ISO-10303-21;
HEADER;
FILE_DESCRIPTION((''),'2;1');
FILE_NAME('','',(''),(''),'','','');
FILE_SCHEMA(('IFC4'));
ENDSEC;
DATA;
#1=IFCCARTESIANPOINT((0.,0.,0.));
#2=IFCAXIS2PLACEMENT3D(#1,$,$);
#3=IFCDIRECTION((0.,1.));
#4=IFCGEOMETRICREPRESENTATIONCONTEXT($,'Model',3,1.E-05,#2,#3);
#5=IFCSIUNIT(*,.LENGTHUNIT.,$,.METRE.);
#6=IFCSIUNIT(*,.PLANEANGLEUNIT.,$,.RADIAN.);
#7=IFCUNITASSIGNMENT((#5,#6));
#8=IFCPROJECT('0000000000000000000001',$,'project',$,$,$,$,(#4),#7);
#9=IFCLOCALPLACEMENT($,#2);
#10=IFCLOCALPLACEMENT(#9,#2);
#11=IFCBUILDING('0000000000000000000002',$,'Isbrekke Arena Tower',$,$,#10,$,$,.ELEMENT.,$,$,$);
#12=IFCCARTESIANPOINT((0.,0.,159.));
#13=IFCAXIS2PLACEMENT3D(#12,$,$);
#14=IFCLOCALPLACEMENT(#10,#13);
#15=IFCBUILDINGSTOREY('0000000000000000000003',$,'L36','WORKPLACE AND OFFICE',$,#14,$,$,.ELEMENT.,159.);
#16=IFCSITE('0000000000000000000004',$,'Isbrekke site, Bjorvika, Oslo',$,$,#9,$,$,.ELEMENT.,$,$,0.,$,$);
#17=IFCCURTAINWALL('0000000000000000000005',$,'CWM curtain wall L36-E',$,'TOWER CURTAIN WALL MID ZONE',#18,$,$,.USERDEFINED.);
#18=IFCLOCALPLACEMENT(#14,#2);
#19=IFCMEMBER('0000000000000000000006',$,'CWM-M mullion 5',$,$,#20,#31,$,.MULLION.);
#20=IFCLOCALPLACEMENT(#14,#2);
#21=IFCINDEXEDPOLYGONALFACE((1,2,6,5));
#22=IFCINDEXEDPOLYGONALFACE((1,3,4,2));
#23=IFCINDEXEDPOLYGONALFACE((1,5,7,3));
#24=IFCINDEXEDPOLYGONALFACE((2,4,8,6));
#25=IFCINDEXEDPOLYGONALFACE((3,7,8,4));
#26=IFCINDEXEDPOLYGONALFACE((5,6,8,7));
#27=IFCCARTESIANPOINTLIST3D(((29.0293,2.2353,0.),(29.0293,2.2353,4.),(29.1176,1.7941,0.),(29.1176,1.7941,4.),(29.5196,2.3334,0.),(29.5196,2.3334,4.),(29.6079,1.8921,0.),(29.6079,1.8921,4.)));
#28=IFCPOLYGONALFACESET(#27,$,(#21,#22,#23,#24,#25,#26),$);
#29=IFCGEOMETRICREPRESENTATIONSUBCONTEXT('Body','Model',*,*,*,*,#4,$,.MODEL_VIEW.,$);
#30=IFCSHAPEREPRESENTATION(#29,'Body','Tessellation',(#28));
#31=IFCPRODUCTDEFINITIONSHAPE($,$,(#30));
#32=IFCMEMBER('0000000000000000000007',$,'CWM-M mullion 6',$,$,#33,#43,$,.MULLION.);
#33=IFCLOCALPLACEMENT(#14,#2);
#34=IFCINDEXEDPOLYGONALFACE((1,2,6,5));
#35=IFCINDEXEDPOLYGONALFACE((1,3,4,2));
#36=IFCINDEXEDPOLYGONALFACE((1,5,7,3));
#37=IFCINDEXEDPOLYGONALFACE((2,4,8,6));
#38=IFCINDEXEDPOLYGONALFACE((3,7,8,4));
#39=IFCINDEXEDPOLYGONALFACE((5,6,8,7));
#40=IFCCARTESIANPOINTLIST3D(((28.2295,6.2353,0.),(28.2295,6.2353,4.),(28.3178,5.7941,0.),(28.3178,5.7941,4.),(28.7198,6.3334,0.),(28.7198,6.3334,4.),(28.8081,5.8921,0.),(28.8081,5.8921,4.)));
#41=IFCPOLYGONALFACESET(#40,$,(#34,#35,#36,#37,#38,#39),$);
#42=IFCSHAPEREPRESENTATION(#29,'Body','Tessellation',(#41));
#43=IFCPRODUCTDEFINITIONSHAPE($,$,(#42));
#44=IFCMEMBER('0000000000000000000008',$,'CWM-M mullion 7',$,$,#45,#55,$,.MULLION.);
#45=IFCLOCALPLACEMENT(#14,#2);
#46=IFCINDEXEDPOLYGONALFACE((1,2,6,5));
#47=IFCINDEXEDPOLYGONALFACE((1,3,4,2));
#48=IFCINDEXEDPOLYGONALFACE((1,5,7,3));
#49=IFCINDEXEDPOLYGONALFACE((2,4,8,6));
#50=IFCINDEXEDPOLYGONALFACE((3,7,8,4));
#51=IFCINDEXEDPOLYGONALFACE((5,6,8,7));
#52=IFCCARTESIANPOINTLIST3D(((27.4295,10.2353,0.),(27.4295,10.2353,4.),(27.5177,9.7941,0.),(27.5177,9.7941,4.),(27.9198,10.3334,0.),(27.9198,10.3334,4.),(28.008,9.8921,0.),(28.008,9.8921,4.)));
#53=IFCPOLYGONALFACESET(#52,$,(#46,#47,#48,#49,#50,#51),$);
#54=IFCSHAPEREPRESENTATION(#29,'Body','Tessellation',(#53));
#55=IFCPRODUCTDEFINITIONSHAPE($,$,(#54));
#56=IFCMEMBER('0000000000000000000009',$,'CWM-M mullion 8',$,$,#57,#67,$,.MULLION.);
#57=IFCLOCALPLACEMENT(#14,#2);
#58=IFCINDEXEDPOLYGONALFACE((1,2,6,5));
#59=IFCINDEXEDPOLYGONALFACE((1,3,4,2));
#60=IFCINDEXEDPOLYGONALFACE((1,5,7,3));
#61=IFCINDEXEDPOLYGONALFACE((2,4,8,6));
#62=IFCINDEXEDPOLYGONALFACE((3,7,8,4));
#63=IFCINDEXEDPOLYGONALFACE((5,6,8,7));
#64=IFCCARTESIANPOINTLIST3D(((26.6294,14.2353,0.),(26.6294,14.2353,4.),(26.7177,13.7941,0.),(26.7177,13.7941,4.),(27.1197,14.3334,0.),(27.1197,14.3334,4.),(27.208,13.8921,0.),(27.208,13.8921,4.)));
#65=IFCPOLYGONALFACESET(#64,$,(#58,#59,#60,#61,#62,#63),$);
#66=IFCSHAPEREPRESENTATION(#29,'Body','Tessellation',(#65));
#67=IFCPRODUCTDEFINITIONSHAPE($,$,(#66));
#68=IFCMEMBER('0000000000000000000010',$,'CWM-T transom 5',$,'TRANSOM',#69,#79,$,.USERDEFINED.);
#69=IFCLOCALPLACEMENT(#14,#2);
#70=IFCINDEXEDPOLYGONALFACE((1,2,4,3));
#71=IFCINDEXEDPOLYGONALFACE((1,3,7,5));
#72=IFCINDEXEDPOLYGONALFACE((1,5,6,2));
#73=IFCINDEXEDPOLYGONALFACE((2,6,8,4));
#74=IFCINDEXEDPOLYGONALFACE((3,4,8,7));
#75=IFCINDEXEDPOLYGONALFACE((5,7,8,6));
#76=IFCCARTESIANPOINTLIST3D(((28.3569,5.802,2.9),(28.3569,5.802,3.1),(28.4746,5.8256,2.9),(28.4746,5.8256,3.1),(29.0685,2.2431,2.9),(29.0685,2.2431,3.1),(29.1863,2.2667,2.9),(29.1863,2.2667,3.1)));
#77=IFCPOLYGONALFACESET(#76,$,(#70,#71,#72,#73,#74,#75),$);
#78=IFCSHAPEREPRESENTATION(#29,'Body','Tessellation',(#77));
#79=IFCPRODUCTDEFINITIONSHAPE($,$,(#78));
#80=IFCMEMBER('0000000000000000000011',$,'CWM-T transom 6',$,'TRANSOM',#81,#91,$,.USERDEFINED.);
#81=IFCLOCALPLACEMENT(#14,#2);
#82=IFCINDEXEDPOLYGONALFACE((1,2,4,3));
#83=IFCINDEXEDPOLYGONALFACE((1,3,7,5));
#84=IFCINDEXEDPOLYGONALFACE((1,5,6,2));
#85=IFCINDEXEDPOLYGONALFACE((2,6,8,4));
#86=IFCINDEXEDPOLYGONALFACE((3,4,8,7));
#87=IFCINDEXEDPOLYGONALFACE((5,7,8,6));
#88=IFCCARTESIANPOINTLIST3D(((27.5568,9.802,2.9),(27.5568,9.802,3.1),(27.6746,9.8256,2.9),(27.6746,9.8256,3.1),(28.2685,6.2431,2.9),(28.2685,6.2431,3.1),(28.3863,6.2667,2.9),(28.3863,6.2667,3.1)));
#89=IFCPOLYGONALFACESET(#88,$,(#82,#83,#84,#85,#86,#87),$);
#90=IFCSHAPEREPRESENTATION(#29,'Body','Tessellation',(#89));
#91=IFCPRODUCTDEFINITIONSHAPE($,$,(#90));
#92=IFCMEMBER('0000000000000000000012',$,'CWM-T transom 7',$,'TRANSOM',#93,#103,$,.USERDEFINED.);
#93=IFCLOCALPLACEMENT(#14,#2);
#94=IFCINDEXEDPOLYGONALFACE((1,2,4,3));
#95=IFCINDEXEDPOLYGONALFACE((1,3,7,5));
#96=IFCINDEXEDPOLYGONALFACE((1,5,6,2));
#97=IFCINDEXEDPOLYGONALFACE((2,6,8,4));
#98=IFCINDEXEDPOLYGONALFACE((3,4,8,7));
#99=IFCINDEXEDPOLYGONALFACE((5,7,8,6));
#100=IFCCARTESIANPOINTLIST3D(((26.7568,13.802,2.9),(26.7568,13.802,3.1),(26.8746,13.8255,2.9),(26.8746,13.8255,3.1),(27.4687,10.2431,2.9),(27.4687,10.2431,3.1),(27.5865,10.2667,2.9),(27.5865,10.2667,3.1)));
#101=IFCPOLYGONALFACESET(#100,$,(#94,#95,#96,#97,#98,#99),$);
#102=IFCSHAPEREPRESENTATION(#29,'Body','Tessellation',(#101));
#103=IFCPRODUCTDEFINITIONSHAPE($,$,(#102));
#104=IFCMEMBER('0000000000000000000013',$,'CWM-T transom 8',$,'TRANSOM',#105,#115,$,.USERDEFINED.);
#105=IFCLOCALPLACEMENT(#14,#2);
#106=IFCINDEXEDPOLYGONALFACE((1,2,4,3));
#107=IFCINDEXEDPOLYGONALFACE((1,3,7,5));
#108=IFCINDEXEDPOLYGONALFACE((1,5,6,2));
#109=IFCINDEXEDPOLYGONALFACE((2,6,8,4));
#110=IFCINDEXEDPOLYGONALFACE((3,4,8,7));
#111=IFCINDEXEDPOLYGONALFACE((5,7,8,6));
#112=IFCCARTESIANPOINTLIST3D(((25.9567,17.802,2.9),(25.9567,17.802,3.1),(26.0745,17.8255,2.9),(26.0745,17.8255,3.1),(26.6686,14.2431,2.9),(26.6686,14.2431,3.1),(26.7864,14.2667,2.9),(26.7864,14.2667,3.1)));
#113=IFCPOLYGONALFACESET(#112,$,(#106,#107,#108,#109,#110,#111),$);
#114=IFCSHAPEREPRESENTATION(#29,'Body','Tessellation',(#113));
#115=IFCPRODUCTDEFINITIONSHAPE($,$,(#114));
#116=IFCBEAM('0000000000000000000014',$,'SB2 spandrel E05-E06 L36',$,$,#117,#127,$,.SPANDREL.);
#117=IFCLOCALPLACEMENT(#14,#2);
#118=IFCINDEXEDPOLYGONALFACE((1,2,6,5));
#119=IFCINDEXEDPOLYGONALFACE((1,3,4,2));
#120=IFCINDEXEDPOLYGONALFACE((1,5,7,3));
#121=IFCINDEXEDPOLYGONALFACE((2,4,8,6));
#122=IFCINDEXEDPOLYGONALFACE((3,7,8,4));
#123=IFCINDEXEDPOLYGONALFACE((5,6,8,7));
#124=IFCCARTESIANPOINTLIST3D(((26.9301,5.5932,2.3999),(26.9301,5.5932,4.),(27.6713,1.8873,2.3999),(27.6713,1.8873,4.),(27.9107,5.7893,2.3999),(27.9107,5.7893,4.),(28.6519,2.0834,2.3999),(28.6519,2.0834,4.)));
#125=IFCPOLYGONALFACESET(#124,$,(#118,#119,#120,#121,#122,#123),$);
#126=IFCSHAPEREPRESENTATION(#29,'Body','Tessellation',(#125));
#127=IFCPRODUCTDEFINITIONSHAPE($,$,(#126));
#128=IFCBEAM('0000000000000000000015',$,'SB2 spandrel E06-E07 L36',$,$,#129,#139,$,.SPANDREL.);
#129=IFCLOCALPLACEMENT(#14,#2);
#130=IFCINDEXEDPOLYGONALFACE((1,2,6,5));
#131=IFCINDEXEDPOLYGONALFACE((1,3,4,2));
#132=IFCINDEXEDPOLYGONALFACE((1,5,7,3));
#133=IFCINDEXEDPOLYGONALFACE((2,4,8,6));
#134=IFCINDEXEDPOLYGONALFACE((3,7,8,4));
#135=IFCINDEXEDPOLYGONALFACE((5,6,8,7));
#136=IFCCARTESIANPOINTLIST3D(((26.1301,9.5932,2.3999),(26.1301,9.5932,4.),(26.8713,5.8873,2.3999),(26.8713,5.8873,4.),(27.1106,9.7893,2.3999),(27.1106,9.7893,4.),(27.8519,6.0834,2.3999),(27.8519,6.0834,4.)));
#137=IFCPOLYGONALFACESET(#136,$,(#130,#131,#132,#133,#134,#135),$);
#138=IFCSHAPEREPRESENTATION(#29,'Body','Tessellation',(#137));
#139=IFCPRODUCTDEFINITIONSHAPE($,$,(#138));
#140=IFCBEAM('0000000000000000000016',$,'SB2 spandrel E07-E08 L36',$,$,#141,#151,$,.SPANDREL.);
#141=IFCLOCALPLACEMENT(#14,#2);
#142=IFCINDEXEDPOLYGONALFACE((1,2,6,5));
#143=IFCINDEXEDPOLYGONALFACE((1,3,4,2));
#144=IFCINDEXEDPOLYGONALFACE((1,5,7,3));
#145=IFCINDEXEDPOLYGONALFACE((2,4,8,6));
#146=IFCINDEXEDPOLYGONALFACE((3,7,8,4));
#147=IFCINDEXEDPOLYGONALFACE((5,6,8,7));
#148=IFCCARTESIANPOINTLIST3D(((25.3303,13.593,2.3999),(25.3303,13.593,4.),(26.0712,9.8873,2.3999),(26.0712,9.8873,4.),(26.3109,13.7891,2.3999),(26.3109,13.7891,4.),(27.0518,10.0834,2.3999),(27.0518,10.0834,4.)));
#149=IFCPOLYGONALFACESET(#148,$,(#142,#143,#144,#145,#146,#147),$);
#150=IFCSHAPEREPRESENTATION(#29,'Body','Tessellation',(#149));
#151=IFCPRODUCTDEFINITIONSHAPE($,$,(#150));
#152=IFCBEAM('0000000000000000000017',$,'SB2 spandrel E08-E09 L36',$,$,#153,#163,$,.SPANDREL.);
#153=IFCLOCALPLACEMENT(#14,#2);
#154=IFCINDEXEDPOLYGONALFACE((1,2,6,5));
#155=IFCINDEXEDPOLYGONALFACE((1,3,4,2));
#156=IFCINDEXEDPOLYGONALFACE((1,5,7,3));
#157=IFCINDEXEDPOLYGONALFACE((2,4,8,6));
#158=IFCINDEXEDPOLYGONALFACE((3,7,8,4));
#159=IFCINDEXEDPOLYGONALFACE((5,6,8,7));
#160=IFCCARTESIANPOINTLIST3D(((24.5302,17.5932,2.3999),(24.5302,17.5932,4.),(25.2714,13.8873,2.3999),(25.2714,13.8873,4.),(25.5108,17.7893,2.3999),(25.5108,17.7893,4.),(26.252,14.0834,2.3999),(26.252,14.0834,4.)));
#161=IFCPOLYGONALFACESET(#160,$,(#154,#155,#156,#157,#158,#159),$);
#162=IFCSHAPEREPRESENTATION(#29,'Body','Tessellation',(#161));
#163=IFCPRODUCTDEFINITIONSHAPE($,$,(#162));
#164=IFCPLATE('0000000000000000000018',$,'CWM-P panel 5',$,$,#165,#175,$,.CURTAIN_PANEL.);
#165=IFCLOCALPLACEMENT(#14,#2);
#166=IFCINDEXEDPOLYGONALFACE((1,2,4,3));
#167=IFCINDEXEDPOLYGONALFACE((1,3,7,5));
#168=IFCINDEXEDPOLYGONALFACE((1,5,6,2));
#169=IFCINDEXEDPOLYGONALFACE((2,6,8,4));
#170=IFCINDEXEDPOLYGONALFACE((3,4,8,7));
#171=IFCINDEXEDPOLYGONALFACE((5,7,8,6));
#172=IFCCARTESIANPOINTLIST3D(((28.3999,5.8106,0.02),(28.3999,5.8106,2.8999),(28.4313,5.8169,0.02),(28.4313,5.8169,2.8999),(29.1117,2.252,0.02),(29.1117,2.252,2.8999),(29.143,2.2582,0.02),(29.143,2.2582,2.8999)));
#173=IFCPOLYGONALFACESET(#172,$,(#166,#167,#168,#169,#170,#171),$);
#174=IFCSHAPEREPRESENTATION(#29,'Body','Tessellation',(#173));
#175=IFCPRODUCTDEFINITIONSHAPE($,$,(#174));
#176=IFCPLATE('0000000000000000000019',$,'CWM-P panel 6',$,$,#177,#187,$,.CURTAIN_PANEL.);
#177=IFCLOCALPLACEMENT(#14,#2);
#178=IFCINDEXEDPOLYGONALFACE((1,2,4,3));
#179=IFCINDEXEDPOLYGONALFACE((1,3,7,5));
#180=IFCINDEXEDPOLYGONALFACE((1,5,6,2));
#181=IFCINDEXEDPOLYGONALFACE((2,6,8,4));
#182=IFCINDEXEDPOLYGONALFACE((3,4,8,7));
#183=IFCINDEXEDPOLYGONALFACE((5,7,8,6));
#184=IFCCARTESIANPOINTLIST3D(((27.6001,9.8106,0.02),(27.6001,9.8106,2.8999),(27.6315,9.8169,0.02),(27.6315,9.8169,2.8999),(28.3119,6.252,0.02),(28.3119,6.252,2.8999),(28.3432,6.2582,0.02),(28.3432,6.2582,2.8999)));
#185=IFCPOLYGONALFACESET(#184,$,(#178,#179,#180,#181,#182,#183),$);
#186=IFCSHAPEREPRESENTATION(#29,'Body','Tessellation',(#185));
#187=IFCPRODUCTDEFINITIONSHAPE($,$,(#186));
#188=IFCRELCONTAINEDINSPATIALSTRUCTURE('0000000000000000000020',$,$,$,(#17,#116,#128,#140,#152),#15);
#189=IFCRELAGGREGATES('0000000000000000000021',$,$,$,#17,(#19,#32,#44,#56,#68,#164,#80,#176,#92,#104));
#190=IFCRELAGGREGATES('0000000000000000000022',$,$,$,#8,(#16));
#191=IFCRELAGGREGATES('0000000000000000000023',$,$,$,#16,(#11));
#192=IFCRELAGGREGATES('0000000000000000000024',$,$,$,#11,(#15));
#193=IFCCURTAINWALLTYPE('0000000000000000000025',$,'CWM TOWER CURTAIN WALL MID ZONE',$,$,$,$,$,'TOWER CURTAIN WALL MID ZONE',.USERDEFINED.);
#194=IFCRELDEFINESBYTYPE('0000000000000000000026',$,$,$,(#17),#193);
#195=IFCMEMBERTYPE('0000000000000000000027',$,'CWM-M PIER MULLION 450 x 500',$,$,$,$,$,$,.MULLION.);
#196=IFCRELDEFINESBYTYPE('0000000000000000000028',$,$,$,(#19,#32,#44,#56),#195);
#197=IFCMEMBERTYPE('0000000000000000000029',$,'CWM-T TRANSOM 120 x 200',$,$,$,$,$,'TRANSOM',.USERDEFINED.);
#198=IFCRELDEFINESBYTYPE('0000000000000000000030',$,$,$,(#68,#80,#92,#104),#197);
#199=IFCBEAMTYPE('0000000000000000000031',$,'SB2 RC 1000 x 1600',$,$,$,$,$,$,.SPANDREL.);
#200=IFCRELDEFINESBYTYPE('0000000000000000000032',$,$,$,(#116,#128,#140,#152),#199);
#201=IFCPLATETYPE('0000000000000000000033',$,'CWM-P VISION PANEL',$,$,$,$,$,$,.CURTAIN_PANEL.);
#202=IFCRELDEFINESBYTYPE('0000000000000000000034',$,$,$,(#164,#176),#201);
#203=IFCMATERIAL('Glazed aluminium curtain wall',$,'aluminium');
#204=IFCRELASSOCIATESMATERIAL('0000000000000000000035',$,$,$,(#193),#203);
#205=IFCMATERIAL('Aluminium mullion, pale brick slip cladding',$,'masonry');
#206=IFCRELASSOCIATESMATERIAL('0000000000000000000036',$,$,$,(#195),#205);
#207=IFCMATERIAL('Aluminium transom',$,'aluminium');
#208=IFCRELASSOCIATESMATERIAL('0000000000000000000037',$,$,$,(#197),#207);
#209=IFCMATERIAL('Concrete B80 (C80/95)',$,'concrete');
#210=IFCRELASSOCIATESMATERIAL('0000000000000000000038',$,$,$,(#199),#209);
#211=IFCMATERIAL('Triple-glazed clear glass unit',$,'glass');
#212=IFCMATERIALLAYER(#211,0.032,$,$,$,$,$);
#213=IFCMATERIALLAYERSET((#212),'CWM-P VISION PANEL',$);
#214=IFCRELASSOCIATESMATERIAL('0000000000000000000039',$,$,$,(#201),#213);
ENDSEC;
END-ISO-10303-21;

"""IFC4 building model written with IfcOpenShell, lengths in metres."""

from ifc_helpers import new_model, si_unit, direction, frame, origin, origin_2d, place, context, subcontext, project, spatial, rectangle, extrude, material, layer, layer_set, material_profile, profile_set, type_object, element, aggregate, save


model = new_model("IFC4")

# Units and contexts
model_context = context("Model", 3, precision=1e-05, world=origin(), true_north=direction((0.0, 1.0)))
body_context = subcontext(model_context, "Body", "Model", "MODEL_VIEW")
ifc_project = project(units=[si_unit("LENGTHUNIT", "METRE"), si_unit("PLANEANGLEUNIT", "RADIAN")], contexts=[model_context])

# Site, building, storey
site_placement = place(None, origin())
site = spatial("IfcSite", under=ifc_project, at=site_placement, Name="Isbrekke site, Bjorvika, Oslo", CompositionType="ELEMENT", RefElevation=0.0)
building_placement = place(site_placement, origin())
building = spatial("IfcBuilding", under=site, at=building_placement, Name="Isbrekke Arena Tower", CompositionType="ELEMENT")
storey_placement = place(building_placement, frame((0.0, 0.0, 159.0)))
storey = spatial("IfcBuildingStorey", under=building, at=storey_placement, Name="L36", Description="WORKPLACE AND OFFICE", CompositionType="ELEMENT", Elevation=159.0)

# Curtain wall, members
ifc_material_1 = material(Name="Glazed aluminium curtain wall", Category="aluminium")
curtain_wall_type = type_object("IfcCurtainWallType", Name="CWM TOWER CURTAIN WALL MID ZONE", ElementType="TOWER CURTAIN WALL MID ZONE", PredefinedType="USERDEFINED", material=ifc_material_1)
curtain_wall_placement = place(storey_placement, origin())
curtain_wall = element("IfcCurtainWall", 1, at=curtain_wall_placement, inside=storey, type_object=curtain_wall_type, Name="CWM curtain wall L36-E", ObjectType="TOWER CURTAIN WALL MID ZONE", PredefinedType="USERDEFINED")
ifc_material_2 = material(Name="Aluminium mullion, pale brick slip cladding", Category="masonry")
ifc_material_profile_1 = material_profile(ifc_material_2, rectangle(XDim=0.45, YDim=0.5, at=origin_2d()), Name="PIER 450X500")
ifc_profile_set_1 = profile_set([ifc_material_profile_1], Name="Aluminium mullion, pale brick slip cladding")
member_type_1 = type_object("IfcMemberType", Name="CWM-M PIER MULLION 450 x 500", PredefinedType="MULLION", material=ifc_profile_set_1)
member_1_placement = place(storey_placement, frame((29.3186, 2.0637, 0.0), z_axis=(0.0, 0.0, 1.0), x_axis=(-0.196116, 0.980581, 0.0)))
member_1 = element("IfcMember", 2, at=member_1_placement, type_object=member_type_1, Name="CWM-M mullion 5", PredefinedType="MULLION", context=body_context, shape_type="SweptSolid", body=[
    extrude(rectangle(XDim=0.45, YDim=0.5, at=origin_2d()), origin(), (0.0, 0.0, 1.0), 4.0),
])
member_2_placement = place(storey_placement, frame((28.5188, 6.0637, 0.0), z_axis=(0.0, 0.0, 1.0), x_axis=(-0.196116, 0.980581, 0.0)))
member_2 = element("IfcMember", 3, at=member_2_placement, type_object=member_type_1, Name="CWM-M mullion 6", PredefinedType="MULLION", context=body_context, shape_type="SweptSolid", body=[
    extrude(rectangle(XDim=0.45, YDim=0.5, at=origin_2d()), origin(), (0.0, 0.0, 1.0), 4.0),
])
member_3_placement = place(storey_placement, frame((27.7188, 10.0637, 0.0), z_axis=(0.0, 0.0, 1.0), x_axis=(-0.196116, 0.980581, 0.0)))
member_3 = element("IfcMember", 4, at=member_3_placement, type_object=member_type_1, Name="CWM-M mullion 7", PredefinedType="MULLION", context=body_context, shape_type="SweptSolid", body=[
    extrude(rectangle(XDim=0.45, YDim=0.5, at=origin_2d()), origin(), (0.0, 0.0, 1.0), 4.0),
])
member_4_placement = place(storey_placement, frame((26.9187, 14.0637, 0.0), z_axis=(0.0, 0.0, 1.0), x_axis=(-0.196116, 0.980581, 0.0)))
member_4 = element("IfcMember", 5, at=member_4_placement, type_object=member_type_1, Name="CWM-M mullion 8", PredefinedType="MULLION", context=body_context, shape_type="SweptSolid", body=[
    extrude(rectangle(XDim=0.45, YDim=0.5, at=origin_2d()), origin(), (0.0, 0.0, 1.0), 4.0),
])
ifc_material_3 = material(Name="Aluminium transom", Category="aluminium")
ifc_material_profile_2 = material_profile(ifc_material_3, rectangle(XDim=0.1201, YDim=0.2, at=origin_2d()), Name="TRANSOM 120X200")
ifc_profile_set_2 = profile_set([ifc_material_profile_2], Name="Aluminium transom")
member_type_2 = type_object("IfcMemberType", Name="CWM-T TRANSOM 120 x 200", ElementType="TRANSOM", PredefinedType="USERDEFINED", material=ifc_profile_set_2)
member_5_placement = place(storey_placement, frame((29.1274, 2.2549, 3.0), z_axis=(-0.19609, 0.980586, 0.0), x_axis=(-0.980586, -0.19609, 0.0)))
member_5 = element("IfcMember", 6, at=member_5_placement, type_object=member_type_2, Name="CWM-T transom 5", ObjectType="TRANSOM", PredefinedType="USERDEFINED", context=body_context, shape_type="SweptSolid", body=[
    extrude(rectangle(XDim=0.1201, YDim=0.2, at=origin_2d()), origin(), (0.0, 0.0, 1.0), 3.6294),
])
member_6_placement = place(storey_placement, frame((28.3274, 6.2549, 3.0), z_axis=(-0.19609, 0.980586, 0.0), x_axis=(-0.980586, -0.19609, 0.0)))
member_6 = element("IfcMember", 7, at=member_6_placement, type_object=member_type_2, Name="CWM-T transom 6", ObjectType="TRANSOM", PredefinedType="USERDEFINED", context=body_context, shape_type="SweptSolid", body=[
    extrude(rectangle(XDim=0.1201, YDim=0.2, at=origin_2d()), origin(), (0.0, 0.0, 1.0), 3.6294),
])
member_7_placement = place(storey_placement, frame((27.5276, 10.2549, 3.0), z_axis=(-0.196155, 0.980573, 0.0), x_axis=(-0.980573, -0.196155, 0.0)))
member_7 = element("IfcMember", 8, at=member_7_placement, type_object=member_type_2, Name="CWM-T transom 7", ObjectType="TRANSOM", PredefinedType="USERDEFINED", context=body_context, shape_type="SweptSolid", body=[
    extrude(rectangle(XDim=0.1201, YDim=0.2, at=origin_2d()), origin(), (0.0, 0.0, 1.0), 3.6294),
])
member_8_placement = place(storey_placement, frame((26.7275, 14.2549, 3.0), z_axis=(-0.196155, 0.980573, 0.0), x_axis=(-0.980573, -0.196155, 0.0)))
member_8 = element("IfcMember", 9, at=member_8_placement, type_object=member_type_2, Name="CWM-T transom 8", ObjectType="TRANSOM", PredefinedType="USERDEFINED", context=body_context, shape_type="SweptSolid", body=[
    extrude(rectangle(XDim=0.1201, YDim=0.2, at=origin_2d()), origin(), (0.0, 0.0, 1.0), 3.6294),
])

# Beams
ifc_material_4 = material(Name="Concrete B80 (C80/95)", Category="concrete")
ifc_material_profile_3 = material_profile(ifc_material_4, rectangle(XDim=1.0, YDim=1.6001, at=origin_2d()), Name="RC 1000x1600")
ifc_profile_set_3 = profile_set([ifc_material_profile_3], Name="Concrete B80 (C80/95)")
beam_type_1 = type_object("IfcBeamType", Name="SB2 RC 1000 x 1600", PredefinedType="SPANDREL", material=ifc_profile_set_3)
for number, where, z_axis, x_axis, name in (
    (10, (28.1616, 1.9854, 3.2), (-0.196129, 0.980578, 0.0), (-0.980578, -0.196129, 0.0), "SB2 spandrel E05-E06 L36"),
    (11, (27.3616, 5.9854, 3.2), (-0.196129, 0.980578, 0.0), (-0.980578, -0.196129, 0.0), "SB2 spandrel E06-E07 L36"),
):
    element("IfcBeam", number, at=place(storey_placement, frame(where, z_axis=z_axis, x_axis=x_axis)), inside=storey, type_object=beam_type_1, Name=name, PredefinedType="SPANDREL", context=body_context, shape_type="SweptSolid", body=[
        extrude(rectangle(XDim=1.0, YDim=1.6001, at=origin_2d()), origin(), (0.0, 0.0, 1.0), 3.7793),
    ])
beam_1_placement = place(storey_placement, frame((26.5615, 9.9854, 3.2), z_axis=(-0.196066, 0.980591, 0.0), x_axis=(-0.980591, -0.196066, 0.0)))
element("IfcBeam", 12, at=beam_1_placement, inside=storey, type_object=beam_type_1, Name="SB2 spandrel E07-E08 L36", PredefinedType="SPANDREL", context=body_context, shape_type="SweptSolid", body=[
    extrude(rectangle(XDim=1.0, YDim=1.6001, at=origin_2d()), origin(), (0.0, 0.0, 1.0), 3.7791),
])
beam_2_placement = place(storey_placement, frame((25.7617, 13.9854, 3.2), z_axis=(-0.196129, 0.980578, 0.0), x_axis=(-0.980578, -0.196129, 0.0)))
element("IfcBeam", 13, at=beam_2_placement, inside=storey, type_object=beam_type_1, Name="SB2 spandrel E08-E09 L36", PredefinedType="SPANDREL", context=body_context, shape_type="SweptSolid", body=[
    extrude(rectangle(XDim=1.0, YDim=1.6001, at=origin_2d()), origin(), (0.0, 0.0, 1.0), 3.7793),
])

# Plates
ifc_material_5 = material(Name="Triple-glazed clear glass unit", Category="glass")
ifc_layer_1 = layer(ifc_material_5, 0.032)
ifc_layer_set_1 = layer_set([ifc_layer_1], Name="CWM-P VISION PANEL")
plate_type = type_object("IfcPlateType", Name="CWM-P VISION PANEL", PredefinedType="CURTAIN_PANEL", material=ifc_layer_set_1)
plate_1_placement = place(storey_placement, frame((28.7715, 4.0344, 0.02), z_axis=(0.0, 0.0, 1.0), x_axis=(-0.196116, 0.980581, 0.0)))
plate_1 = element("IfcPlate", 14, at=plate_1_placement, type_object=plate_type, Name="CWM-P panel 5", PredefinedType="CURTAIN_PANEL", context=body_context, shape_type="SweptSolid", body=[
    extrude(rectangle(XDim=3.6292, YDim=0.032, at=origin_2d()), origin(), (0.0, 0.0, 1.0), 2.8799),
])
plate_2_placement = place(storey_placement, frame((27.9717, 8.0344, 0.02), z_axis=(0.0, 0.0, 1.0), x_axis=(-0.196116, 0.980581, 0.0)))
plate_2 = element("IfcPlate", 15, at=plate_2_placement, type_object=plate_type, Name="CWM-P panel 6", PredefinedType="CURTAIN_PANEL", context=body_context, shape_type="SweptSolid", body=[
    extrude(rectangle(XDim=3.6292, YDim=0.032, at=origin_2d()), origin(), (0.0, 0.0, 1.0), 2.8799),
])
aggregate(curtain_wall, [member_1, member_2, member_3, member_4, member_5, plate_1, member_6, plate_2, member_7, member_8])

save(model, "model.ifc")
